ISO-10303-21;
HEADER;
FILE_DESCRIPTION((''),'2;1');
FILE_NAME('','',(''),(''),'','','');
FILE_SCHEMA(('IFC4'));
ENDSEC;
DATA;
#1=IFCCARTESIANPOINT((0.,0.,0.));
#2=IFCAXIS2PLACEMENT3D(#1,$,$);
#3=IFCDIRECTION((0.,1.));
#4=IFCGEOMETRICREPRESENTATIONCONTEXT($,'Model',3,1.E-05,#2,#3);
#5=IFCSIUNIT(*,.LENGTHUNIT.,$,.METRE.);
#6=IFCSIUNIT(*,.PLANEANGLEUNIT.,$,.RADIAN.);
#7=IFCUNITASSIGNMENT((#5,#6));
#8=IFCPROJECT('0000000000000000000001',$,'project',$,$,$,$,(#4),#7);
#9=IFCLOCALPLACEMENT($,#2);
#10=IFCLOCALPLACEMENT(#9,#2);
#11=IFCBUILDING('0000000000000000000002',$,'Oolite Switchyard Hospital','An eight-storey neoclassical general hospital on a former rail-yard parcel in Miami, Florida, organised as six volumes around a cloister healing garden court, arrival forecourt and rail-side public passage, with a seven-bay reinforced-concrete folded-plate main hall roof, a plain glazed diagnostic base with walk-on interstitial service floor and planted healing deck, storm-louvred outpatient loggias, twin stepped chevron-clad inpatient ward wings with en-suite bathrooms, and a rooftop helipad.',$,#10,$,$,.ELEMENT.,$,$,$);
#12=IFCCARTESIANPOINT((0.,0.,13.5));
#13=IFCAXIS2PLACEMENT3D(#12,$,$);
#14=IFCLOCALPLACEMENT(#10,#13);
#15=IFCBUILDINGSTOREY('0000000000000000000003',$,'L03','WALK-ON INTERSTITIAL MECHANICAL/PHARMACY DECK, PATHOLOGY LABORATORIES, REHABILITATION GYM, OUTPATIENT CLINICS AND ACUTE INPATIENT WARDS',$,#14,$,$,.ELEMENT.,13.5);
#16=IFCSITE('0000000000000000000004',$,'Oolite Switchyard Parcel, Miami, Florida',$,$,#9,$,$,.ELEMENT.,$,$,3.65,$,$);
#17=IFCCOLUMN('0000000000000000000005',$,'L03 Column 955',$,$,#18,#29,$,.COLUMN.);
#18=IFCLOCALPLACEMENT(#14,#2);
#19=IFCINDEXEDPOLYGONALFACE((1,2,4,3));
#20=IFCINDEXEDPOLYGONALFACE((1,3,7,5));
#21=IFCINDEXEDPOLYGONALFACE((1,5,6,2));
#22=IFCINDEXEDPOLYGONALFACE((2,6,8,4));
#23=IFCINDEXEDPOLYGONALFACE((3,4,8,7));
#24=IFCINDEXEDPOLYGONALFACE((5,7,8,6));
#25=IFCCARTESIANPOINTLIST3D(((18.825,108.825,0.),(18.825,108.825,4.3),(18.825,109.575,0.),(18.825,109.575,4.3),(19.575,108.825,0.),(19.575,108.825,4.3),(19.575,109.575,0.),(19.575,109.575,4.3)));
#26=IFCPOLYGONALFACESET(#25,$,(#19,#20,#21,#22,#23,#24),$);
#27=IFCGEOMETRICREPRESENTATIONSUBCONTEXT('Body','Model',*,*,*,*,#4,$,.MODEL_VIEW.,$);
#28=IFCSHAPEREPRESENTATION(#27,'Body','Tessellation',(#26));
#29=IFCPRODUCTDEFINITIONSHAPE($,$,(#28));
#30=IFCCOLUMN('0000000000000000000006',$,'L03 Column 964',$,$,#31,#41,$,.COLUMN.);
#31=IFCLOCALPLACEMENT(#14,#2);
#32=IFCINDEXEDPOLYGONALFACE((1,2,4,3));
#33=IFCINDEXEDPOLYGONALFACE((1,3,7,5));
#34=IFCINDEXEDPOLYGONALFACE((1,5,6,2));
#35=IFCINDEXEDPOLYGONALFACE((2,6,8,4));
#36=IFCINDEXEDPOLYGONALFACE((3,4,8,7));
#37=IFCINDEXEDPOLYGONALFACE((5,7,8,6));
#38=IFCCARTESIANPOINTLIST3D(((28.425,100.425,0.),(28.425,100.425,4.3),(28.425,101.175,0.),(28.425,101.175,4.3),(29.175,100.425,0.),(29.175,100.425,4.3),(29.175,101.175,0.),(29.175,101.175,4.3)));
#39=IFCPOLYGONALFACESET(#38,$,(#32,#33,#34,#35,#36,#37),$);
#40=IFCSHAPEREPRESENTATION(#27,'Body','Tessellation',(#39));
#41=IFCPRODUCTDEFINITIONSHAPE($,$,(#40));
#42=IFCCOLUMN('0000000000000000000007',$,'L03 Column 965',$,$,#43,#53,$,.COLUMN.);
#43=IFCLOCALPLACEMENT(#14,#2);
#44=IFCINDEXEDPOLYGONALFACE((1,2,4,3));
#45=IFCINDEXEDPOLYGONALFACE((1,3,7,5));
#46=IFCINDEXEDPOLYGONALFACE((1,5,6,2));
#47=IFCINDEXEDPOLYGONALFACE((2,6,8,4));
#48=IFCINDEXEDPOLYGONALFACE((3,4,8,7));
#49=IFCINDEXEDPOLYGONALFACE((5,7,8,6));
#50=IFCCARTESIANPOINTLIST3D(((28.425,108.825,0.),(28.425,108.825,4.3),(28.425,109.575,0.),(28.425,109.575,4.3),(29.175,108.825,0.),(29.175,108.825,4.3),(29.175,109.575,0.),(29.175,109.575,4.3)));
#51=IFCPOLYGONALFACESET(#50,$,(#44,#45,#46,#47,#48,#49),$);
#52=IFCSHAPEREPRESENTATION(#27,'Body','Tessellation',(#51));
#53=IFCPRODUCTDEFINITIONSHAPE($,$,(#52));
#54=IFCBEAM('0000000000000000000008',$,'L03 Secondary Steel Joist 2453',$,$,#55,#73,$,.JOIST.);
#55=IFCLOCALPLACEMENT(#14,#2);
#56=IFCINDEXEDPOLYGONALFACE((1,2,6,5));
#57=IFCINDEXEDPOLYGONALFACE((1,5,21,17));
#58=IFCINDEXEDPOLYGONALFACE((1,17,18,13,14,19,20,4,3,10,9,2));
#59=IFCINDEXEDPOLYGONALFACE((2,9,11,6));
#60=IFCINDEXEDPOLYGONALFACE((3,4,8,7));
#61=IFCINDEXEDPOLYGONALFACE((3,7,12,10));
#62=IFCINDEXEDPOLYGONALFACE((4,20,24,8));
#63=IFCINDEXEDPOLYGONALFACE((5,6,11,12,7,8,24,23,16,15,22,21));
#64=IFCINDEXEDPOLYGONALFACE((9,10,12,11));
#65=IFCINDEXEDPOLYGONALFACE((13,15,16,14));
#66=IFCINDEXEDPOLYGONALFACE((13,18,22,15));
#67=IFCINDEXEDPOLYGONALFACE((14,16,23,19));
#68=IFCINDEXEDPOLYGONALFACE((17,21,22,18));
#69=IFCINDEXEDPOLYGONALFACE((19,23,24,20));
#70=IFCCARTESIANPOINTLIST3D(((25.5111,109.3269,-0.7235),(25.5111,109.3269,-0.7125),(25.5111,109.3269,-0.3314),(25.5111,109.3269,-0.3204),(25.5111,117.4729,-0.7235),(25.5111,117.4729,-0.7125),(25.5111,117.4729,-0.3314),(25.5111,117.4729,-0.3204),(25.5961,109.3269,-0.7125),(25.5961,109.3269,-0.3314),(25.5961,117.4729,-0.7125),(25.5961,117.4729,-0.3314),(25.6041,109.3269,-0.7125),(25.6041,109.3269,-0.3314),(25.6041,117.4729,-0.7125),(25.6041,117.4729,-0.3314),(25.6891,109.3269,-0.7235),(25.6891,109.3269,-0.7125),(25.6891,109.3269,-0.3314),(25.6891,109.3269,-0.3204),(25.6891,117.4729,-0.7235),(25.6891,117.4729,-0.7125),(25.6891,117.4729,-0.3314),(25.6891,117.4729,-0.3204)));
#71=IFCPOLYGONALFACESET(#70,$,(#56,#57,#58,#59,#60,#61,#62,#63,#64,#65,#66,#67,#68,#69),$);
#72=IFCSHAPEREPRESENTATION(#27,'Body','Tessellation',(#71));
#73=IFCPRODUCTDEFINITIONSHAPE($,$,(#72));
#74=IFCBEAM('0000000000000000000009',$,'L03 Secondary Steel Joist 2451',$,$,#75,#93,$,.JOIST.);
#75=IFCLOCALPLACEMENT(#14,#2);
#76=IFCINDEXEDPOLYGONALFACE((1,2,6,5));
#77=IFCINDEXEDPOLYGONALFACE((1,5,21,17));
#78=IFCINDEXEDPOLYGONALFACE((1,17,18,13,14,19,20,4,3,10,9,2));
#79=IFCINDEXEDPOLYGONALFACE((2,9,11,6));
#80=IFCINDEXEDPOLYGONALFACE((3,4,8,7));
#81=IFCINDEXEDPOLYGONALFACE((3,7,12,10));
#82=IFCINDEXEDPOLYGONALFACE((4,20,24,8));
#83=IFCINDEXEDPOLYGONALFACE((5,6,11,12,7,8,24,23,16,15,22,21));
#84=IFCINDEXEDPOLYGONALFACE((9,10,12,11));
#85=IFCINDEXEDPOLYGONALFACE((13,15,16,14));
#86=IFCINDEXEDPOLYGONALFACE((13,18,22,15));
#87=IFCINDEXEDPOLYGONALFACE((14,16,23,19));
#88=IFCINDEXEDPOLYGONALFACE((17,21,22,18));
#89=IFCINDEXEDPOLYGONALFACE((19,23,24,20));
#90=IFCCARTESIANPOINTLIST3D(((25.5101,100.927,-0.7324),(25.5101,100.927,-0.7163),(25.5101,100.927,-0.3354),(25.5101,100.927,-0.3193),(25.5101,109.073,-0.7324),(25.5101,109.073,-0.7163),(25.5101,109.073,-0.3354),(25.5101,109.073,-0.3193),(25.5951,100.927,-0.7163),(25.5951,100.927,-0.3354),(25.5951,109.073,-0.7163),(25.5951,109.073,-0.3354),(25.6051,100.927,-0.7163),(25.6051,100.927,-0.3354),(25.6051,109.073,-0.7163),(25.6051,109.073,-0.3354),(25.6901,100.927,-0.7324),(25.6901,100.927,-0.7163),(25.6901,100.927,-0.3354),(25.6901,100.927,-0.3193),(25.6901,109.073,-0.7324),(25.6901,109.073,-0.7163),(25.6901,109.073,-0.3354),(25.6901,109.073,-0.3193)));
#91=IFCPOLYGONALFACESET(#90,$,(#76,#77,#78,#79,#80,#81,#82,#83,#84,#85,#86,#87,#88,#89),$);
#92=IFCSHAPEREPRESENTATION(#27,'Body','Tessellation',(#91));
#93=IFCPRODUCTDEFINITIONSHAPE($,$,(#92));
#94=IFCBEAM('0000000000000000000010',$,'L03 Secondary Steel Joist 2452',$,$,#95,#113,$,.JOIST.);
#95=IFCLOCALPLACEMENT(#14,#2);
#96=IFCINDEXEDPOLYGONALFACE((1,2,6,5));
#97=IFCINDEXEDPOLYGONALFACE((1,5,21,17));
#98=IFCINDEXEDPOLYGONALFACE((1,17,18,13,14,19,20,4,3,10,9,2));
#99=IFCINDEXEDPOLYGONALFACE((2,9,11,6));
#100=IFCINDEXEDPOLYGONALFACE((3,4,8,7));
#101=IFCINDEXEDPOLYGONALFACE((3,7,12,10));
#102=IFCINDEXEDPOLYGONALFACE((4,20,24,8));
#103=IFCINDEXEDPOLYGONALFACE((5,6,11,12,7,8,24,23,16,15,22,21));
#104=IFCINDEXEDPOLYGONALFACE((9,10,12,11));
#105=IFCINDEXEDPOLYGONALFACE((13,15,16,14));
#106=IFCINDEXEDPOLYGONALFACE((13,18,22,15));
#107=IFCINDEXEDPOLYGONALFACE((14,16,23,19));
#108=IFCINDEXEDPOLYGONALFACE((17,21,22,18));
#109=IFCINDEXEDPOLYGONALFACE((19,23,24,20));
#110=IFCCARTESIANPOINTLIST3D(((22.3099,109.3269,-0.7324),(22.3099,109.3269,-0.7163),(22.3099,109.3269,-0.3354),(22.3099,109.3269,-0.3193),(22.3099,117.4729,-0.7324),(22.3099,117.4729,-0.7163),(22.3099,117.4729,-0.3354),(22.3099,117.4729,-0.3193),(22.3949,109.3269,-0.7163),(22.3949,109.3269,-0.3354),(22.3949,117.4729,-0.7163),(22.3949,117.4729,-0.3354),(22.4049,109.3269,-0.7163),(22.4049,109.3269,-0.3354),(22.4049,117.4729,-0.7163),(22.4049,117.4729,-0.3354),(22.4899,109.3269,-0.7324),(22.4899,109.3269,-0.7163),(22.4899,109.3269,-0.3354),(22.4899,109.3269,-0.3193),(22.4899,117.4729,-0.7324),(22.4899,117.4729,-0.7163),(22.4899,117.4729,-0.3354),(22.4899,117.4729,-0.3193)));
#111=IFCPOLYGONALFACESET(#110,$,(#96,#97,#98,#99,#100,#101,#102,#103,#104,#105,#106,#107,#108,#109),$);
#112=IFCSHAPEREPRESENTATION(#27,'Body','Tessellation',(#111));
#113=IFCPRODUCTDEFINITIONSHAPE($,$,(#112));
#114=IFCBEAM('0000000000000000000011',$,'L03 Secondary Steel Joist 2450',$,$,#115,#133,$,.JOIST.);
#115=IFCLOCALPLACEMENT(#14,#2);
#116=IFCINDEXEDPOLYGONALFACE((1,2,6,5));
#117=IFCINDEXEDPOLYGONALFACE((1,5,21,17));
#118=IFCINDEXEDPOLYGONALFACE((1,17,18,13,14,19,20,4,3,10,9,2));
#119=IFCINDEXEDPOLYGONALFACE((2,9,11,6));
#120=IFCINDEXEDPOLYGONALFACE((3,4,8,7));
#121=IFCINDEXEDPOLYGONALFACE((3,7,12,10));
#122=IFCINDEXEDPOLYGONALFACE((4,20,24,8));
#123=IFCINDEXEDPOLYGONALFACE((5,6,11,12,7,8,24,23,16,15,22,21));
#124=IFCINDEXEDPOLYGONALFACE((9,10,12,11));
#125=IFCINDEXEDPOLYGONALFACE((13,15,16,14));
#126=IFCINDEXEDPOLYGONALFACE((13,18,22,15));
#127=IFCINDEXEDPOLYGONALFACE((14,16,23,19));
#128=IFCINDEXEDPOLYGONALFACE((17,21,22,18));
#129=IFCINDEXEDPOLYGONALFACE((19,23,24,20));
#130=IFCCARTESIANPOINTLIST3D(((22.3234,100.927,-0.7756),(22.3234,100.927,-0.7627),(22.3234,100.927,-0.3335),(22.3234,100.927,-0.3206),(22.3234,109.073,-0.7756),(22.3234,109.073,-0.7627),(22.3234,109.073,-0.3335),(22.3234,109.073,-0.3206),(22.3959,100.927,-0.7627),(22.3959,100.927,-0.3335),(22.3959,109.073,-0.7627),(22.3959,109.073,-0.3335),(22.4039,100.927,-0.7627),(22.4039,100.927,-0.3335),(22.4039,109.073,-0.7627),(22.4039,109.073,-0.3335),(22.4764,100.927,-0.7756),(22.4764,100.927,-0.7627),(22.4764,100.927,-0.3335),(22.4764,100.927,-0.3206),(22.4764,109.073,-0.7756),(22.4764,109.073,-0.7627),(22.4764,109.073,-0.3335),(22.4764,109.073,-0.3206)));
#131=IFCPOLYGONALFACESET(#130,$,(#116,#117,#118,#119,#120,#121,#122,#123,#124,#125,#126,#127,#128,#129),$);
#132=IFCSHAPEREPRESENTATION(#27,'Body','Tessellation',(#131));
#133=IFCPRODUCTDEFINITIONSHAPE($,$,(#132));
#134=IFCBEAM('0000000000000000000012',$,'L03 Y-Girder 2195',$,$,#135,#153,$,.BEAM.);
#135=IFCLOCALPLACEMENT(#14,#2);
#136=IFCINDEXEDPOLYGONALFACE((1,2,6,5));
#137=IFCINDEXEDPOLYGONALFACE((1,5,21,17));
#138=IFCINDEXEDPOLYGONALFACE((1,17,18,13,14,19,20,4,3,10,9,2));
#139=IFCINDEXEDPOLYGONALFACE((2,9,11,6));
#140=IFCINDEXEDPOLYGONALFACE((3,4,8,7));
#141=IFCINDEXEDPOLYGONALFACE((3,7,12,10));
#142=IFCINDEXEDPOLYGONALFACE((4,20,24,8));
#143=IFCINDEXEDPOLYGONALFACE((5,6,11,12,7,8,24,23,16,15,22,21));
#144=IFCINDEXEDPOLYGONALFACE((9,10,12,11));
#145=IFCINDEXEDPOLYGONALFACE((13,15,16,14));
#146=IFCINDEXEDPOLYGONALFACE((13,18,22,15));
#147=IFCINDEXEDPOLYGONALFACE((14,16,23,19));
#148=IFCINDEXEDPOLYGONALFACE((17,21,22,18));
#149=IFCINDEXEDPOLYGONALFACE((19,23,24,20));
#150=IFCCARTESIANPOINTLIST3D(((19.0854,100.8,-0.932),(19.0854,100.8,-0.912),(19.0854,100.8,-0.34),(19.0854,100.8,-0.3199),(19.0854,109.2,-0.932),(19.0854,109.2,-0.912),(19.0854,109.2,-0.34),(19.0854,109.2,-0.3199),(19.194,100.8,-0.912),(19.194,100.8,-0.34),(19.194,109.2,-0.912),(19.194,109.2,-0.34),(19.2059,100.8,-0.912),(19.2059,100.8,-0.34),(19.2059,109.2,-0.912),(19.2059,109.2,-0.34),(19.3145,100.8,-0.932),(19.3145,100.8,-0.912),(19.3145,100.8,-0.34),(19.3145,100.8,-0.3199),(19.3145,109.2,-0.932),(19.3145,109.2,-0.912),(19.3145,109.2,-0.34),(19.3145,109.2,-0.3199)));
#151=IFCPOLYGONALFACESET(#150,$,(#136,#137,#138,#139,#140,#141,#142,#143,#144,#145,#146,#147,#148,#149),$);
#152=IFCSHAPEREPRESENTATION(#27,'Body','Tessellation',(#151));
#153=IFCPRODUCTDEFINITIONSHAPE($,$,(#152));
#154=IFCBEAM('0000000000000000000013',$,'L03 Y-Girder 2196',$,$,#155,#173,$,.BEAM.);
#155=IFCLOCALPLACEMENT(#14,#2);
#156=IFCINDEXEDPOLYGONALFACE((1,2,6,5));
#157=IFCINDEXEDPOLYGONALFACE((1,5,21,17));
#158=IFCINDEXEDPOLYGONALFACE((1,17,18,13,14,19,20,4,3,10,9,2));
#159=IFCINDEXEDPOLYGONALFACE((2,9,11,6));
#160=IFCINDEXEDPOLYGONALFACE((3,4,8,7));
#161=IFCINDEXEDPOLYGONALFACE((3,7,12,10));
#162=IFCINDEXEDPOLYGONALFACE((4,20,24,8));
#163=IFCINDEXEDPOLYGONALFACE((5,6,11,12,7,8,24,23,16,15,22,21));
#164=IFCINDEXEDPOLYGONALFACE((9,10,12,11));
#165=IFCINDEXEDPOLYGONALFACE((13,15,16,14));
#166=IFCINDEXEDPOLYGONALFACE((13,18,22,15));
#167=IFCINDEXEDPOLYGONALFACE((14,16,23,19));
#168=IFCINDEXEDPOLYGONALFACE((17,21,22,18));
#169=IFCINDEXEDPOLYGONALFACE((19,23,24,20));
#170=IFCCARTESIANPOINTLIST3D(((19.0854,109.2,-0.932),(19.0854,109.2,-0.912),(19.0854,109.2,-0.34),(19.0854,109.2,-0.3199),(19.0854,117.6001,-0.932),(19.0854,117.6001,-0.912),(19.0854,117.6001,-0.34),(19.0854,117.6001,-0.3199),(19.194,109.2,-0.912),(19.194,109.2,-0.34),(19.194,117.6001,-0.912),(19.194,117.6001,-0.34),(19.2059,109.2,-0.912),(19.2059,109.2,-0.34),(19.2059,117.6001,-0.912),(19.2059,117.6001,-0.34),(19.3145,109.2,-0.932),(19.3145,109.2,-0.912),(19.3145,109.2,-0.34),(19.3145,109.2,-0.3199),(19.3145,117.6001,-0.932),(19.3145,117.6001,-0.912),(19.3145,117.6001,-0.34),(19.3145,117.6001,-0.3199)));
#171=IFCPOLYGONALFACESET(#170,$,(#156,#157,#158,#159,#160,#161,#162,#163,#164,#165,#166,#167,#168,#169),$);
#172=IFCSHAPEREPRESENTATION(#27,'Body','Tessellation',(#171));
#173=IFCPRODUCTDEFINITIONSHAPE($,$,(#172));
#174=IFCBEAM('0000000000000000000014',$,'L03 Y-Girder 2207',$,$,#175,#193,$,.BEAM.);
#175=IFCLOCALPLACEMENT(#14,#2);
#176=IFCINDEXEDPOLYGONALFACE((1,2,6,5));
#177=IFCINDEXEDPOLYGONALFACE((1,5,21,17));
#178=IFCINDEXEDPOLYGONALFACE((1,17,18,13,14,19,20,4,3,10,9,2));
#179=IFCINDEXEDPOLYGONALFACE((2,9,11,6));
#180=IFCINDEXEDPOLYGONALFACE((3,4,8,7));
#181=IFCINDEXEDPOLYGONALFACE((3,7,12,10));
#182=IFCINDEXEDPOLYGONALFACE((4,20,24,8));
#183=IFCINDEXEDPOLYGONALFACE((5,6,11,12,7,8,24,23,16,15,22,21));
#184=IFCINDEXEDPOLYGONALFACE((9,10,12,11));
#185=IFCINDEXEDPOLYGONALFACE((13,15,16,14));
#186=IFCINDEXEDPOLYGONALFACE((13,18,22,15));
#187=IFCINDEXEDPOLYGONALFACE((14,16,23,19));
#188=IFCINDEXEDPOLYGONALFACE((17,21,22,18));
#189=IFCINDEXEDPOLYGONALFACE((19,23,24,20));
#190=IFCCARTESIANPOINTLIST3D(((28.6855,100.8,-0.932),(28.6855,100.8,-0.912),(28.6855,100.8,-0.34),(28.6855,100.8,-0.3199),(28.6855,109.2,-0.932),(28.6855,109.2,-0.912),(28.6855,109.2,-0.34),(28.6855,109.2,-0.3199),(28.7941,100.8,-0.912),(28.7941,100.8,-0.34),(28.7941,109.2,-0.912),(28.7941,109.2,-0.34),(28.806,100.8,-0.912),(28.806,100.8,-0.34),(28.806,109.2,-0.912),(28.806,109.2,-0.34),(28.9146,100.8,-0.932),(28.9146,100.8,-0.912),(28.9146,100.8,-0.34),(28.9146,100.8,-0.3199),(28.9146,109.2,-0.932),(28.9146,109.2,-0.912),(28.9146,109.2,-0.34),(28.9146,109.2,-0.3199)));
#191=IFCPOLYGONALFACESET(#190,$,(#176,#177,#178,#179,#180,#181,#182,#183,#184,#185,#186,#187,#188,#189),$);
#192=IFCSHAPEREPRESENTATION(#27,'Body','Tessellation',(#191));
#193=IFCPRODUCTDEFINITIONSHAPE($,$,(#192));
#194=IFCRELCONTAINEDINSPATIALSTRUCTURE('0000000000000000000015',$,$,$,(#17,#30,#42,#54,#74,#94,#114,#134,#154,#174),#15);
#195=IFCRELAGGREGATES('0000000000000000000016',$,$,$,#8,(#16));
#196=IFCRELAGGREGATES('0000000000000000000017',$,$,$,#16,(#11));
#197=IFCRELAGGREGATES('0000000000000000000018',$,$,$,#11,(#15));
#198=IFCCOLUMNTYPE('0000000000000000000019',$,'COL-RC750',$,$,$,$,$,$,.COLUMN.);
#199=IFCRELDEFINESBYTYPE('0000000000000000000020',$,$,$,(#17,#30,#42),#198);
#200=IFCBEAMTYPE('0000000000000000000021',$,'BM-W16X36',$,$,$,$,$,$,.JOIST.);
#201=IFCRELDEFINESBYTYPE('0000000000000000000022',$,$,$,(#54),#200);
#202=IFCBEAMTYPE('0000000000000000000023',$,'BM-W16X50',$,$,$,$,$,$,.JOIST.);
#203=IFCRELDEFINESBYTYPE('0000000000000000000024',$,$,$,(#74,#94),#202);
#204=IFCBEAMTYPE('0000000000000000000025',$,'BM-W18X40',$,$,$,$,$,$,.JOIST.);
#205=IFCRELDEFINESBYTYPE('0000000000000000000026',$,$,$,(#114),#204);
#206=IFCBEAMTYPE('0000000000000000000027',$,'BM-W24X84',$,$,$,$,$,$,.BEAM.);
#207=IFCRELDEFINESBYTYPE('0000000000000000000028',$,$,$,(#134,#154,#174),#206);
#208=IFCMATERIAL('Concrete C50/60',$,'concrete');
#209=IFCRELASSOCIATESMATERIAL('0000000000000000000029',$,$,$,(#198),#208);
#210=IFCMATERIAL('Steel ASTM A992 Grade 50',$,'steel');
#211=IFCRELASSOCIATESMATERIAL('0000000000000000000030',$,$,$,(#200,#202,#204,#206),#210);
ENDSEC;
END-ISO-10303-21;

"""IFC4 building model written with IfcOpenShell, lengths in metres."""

from ifc_helpers import new_model, si_unit, direction, frame, origin, origin_2d, place, context, subcontext, project, spatial, rectangle, i_section, extrude, material, material_profile, profile_set, type_object, element, save


model = new_model("IFC4")

# Units and contexts
model_context = context("Model", 3, precision=1e-05, world=origin(), true_north=direction((0.0, 1.0)))
body_context = subcontext(model_context, "Body", "Model", "MODEL_VIEW")
ifc_project = project(units=[si_unit("LENGTHUNIT", "METRE"), si_unit("PLANEANGLEUNIT", "RADIAN")], contexts=[model_context])

# Site, building, storey
site_placement = place(None, origin())
site = spatial("IfcSite", under=ifc_project, at=site_placement, Name="Oolite Switchyard Parcel, Miami, Florida", CompositionType="ELEMENT", RefElevation=3.65)
building_placement = place(site_placement, origin())
building = spatial("IfcBuilding", under=site, at=building_placement, Name="Oolite Switchyard Hospital", Description="An eight-storey neoclassical general hospital on a former rail-yard parcel in Miami, Florida, organised as six volumes around a cloister healing garden court, arrival forecourt and rail-side public passage, with a seven-bay reinforced-concrete folded-plate main hall roof, a plain glazed diagnostic base with walk-on interstitial service floor and planted healing deck, storm-louvred outpatient loggias, twin stepped chevron-clad inpatient ward wings with en-suite bathrooms, and a rooftop helipad.", CompositionType="ELEMENT")
storey_placement = place(building_placement, frame((0.0, 0.0, 13.5)))
storey = spatial("IfcBuildingStorey", under=building, at=storey_placement, Name="L03", Description="WALK-ON INTERSTITIAL MECHANICAL/PHARMACY DECK, PATHOLOGY LABORATORIES, REHABILITATION GYM, OUTPATIENT CLINICS AND ACUTE INPATIENT WARDS", CompositionType="ELEMENT", Elevation=13.5)

# Columns
ifc_material_1 = material(Name="Concrete C50/60", Category="concrete")
ifc_material_profile_1 = material_profile(ifc_material_1, rectangle(XDim=0.75, YDim=0.75, at=origin_2d()), Name="RC750X750")
ifc_profile_set_1 = profile_set([ifc_material_profile_1], Name="Concrete C50/60")
column_type = type_object("IfcColumnType", Name="COL-RC750", PredefinedType="COLUMN", material=ifc_profile_set_1)
for number, where, z_axis, x_axis, name in (
    (1, (19.2, 109.2, 0.0), (0.0, 0.0, 1.0), (1.0, 0.0, 0.0), "L03 Column 955"),
    (2, (28.8, 100.8, 0.0), (0.0, 0.0, 1.0), (1.0, 0.0, 0.0), "L03 Column 964"),
    (3, (28.8, 109.2, 0.0), (0.0, 0.0, 1.0), (1.0, 0.0, 0.0), "L03 Column 965"),
):
    element("IfcColumn", number, at=place(storey_placement, frame(where, z_axis=z_axis, x_axis=x_axis)), inside=storey, type_object=column_type, Name=name, PredefinedType="COLUMN", context=body_context, shape_type="SweptSolid", body=[
        extrude(rectangle(XDim=0.75, YDim=0.75, at=origin_2d()), origin(), (0.0, 0.0, 1.0), 4.3),
    ])

# Beams
ifc_material_2 = material(Name="Steel ASTM A992 Grade 50", Category="steel")
ifc_material_profile_2 = material_profile(ifc_material_2, i_section(OverallWidth=0.178, OverallDepth=0.4031, WebThickness=0.0081, FlangeThickness=0.011, at=origin_2d()), Name="W16X36")
ifc_profile_set_2 = profile_set([ifc_material_profile_2], Name="Steel ASTM A992 Grade 50")
beam_type_1 = type_object("IfcBeamType", Name="BM-W16X36", PredefinedType="JOIST", material=ifc_profile_set_2)
beam_1_placement = place(storey_placement, frame((25.6001, 109.3269, -0.522), z_axis=(0.0, 1.0, 0.0), x_axis=(-1.0, 0.0, 0.0)))
element("IfcBeam", 4, at=beam_1_placement, inside=storey, type_object=beam_type_1, Name="L03 Secondary Steel Joist 2453", PredefinedType="JOIST", context=body_context, shape_type="SweptSolid", body=[
    extrude(i_section(OverallWidth=0.178, OverallDepth=0.4031, WebThickness=0.0081, FlangeThickness=0.011, at=origin_2d()), origin(), (0.0, 0.0, 1.0), 8.146),
])
ifc_material_profile_3 = material_profile(ifc_material_2, i_section(OverallWidth=0.1799, OverallDepth=0.4131, WebThickness=0.01, FlangeThickness=0.0161, at=origin_2d()), Name="W16X50")
ifc_profile_set_3 = profile_set([ifc_material_profile_3], Name="Steel ASTM A992 Grade 50")
beam_type_2 = type_object("IfcBeamType", Name="BM-W16X50", PredefinedType="JOIST", material=ifc_profile_set_3)
for number, where, z_axis, x_axis, name in (
    (5, (25.6001, 100.927, -0.5259), (0.0, 1.0, 0.0), (-1.0, 0.0, 0.0), "L03 Secondary Steel Joist 2451"),
    (6, (22.3999, 109.3269, -0.5259), (0.0, 1.0, 0.0), (-1.0, 0.0, 0.0), "L03 Secondary Steel Joist 2452"),
):
    element("IfcBeam", number, at=place(storey_placement, frame(where, z_axis=z_axis, x_axis=x_axis)), inside=storey, type_object=beam_type_2, Name=name, PredefinedType="JOIST", context=body_context, shape_type="SweptSolid", body=[
        extrude(i_section(OverallWidth=0.1799, OverallDepth=0.4131, WebThickness=0.01, FlangeThickness=0.0161, at=origin_2d()), origin(), (0.0, 0.0, 1.0), 8.146),
    ])
ifc_material_profile_4 = material_profile(ifc_material_2, i_section(OverallWidth=0.1531, OverallDepth=0.4551, WebThickness=0.0081, FlangeThickness=0.0129, at=origin_2d()), Name="W18X40")
ifc_profile_set_4 = profile_set([ifc_material_profile_4], Name="Steel ASTM A992 Grade 50")
beam_type_3 = type_object("IfcBeamType", Name="BM-W18X40", PredefinedType="JOIST", material=ifc_profile_set_4)
beam_2_placement = place(storey_placement, frame((22.3999, 100.927, -0.5481), z_axis=(0.0, 1.0, 0.0), x_axis=(-1.0, 0.0, 0.0)))
element("IfcBeam", 7, at=beam_2_placement, inside=storey, type_object=beam_type_3, Name="L03 Secondary Steel Joist 2450", PredefinedType="JOIST", context=body_context, shape_type="SweptSolid", body=[
    extrude(i_section(OverallWidth=0.1531, OverallDepth=0.4551, WebThickness=0.0081, FlangeThickness=0.0129, at=origin_2d()), origin(), (0.0, 0.0, 1.0), 8.146),
])
ifc_material_profile_5 = material_profile(ifc_material_2, i_section(OverallWidth=0.229, OverallDepth=0.6121, WebThickness=0.012, FlangeThickness=0.02, at=origin_2d()), Name="W24X84")
ifc_profile_set_5 = profile_set([ifc_material_profile_5], Name="Steel ASTM A992 Grade 50")
beam_type_4 = type_object("IfcBeamType", Name="BM-W24X84", PredefinedType="BEAM", material=ifc_profile_set_5)
beam_3_placement = place(storey_placement, frame((19.2, 100.8, -0.626), z_axis=(0.0, 1.0, 0.0), x_axis=(-1.0, 0.0, 0.0)))
element("IfcBeam", 8, at=beam_3_placement, inside=storey, type_object=beam_type_4, Name="L03 Y-Girder 2195", PredefinedType="BEAM", context=body_context, shape_type="SweptSolid", body=[
    extrude(i_section(OverallWidth=0.229, OverallDepth=0.6121, WebThickness=0.012, FlangeThickness=0.02, at=origin_2d()), origin(), (0.0, 0.0, 1.0), 8.3999),
])
beam_4_placement = place(storey_placement, frame((19.2, 109.2, -0.626), z_axis=(0.0, 1.0, 0.0), x_axis=(-1.0, 0.0, 0.0)))
element("IfcBeam", 9, at=beam_4_placement, inside=storey, type_object=beam_type_4, Name="L03 Y-Girder 2196", PredefinedType="BEAM", context=body_context, shape_type="SweptSolid", body=[
    extrude(i_section(OverallWidth=0.229, OverallDepth=0.6121, WebThickness=0.012, FlangeThickness=0.02, at=origin_2d()), origin(), (0.0, 0.0, 1.0), 8.4001),
])
beam_5_placement = place(storey_placement, frame((28.8, 100.8, -0.626), z_axis=(0.0, 1.0, 0.0), x_axis=(-1.0, 0.0, 0.0)))
element("IfcBeam", 10, at=beam_5_placement, inside=storey, type_object=beam_type_4, Name="L03 Y-Girder 2207", PredefinedType="BEAM", context=body_context, shape_type="SweptSolid", body=[
    extrude(i_section(OverallWidth=0.229, OverallDepth=0.6121, WebThickness=0.012, FlangeThickness=0.02, at=origin_2d()), origin(), (0.0, 0.0, 1.0), 8.3999),
])

save(model, "model.ifc")
